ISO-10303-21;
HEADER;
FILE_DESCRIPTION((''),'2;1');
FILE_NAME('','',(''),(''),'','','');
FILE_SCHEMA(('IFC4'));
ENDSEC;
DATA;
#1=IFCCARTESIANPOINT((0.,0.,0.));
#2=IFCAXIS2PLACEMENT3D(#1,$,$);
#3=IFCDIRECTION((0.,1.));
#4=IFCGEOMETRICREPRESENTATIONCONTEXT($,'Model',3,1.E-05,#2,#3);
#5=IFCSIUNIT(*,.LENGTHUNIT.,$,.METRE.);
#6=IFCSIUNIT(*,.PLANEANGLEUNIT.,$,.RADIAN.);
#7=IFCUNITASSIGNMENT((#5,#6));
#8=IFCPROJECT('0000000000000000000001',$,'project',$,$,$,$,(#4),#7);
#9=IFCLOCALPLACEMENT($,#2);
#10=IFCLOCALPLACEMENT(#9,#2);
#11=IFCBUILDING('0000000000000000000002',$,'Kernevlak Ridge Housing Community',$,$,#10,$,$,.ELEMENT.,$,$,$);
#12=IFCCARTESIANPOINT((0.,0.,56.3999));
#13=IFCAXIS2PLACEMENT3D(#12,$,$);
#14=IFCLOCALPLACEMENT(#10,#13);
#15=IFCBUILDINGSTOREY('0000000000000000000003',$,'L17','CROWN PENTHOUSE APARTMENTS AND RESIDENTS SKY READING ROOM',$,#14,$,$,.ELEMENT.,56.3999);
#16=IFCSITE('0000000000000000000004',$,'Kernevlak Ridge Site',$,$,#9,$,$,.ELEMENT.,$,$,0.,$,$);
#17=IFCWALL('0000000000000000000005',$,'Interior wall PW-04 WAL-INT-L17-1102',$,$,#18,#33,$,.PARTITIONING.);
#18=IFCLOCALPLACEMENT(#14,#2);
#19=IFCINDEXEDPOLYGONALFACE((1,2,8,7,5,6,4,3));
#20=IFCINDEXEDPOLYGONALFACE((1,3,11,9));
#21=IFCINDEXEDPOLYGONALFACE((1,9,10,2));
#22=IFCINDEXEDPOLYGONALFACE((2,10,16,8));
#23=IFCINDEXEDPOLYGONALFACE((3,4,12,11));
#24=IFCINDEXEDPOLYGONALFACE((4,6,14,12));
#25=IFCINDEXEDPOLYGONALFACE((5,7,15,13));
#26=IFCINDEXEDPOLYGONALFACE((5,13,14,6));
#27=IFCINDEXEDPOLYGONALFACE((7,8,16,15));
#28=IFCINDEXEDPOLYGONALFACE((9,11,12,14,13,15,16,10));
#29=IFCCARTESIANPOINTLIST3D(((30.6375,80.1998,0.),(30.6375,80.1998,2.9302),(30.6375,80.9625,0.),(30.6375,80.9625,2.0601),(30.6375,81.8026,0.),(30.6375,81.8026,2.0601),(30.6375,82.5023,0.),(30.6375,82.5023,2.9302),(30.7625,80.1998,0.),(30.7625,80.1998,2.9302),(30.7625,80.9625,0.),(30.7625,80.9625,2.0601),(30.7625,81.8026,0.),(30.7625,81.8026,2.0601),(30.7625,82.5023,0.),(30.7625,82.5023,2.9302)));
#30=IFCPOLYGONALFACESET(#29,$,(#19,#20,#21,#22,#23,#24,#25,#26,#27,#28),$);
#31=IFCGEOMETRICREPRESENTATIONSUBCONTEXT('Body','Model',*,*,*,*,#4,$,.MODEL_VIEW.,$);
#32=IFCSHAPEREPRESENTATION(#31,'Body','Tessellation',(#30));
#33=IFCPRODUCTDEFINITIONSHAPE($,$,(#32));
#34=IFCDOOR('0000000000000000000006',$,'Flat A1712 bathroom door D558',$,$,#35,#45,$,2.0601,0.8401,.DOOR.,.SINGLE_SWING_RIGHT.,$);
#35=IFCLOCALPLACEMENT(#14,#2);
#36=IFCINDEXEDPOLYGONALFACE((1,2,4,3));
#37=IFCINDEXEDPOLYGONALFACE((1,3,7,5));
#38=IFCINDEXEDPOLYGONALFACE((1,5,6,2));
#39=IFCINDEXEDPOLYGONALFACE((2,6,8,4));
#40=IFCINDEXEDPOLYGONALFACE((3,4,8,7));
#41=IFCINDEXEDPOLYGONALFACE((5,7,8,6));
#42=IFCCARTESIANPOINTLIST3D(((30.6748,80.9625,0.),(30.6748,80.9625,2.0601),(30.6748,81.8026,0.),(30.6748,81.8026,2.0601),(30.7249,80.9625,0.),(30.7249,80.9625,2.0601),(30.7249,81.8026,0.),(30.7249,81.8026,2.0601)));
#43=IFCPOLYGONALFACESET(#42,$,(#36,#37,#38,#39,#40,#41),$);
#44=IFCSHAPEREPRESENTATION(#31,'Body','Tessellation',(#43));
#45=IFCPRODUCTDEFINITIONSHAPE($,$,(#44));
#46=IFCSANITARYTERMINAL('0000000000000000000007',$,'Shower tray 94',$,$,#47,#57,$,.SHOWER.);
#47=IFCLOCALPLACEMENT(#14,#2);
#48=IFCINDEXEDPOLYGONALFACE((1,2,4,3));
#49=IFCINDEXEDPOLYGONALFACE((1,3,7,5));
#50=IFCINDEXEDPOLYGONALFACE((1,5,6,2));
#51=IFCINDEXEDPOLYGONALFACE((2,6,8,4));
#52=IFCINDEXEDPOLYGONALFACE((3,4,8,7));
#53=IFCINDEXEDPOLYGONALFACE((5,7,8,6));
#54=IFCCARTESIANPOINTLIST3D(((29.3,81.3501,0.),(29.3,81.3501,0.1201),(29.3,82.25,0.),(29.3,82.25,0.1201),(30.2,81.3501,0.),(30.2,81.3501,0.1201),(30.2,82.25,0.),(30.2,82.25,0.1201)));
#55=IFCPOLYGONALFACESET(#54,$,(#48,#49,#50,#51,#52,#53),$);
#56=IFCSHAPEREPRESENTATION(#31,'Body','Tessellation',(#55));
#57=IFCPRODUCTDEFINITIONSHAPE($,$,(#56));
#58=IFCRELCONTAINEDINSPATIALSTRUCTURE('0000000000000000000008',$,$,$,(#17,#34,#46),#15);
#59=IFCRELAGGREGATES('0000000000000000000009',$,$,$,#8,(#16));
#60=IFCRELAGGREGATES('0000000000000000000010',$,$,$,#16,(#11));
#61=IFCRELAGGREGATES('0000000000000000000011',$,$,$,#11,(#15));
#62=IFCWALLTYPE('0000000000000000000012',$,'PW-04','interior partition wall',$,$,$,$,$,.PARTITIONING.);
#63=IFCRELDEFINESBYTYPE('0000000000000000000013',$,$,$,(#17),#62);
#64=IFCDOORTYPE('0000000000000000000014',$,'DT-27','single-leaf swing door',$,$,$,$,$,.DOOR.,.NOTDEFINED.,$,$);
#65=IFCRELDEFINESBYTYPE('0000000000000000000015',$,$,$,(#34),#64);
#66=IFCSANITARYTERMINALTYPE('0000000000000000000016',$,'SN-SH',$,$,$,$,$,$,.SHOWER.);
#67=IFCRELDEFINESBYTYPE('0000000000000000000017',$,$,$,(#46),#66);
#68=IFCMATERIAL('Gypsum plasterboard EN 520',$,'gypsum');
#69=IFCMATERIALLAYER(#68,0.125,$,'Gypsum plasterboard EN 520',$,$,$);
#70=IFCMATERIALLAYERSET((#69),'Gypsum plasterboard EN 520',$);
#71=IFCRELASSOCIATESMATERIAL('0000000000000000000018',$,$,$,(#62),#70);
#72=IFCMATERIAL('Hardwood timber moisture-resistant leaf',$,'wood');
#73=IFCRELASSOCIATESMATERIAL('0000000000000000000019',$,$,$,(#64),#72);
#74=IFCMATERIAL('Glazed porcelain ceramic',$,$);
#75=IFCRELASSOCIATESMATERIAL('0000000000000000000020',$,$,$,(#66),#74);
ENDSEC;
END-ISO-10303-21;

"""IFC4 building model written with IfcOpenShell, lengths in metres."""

from ifc_helpers import new_model, si_unit, direction, frame, frame_2d, origin, origin_2d, place, context, subcontext, project, spatial, rectangle, extrude, material, layer, layer_set, type_object, element, fill, save


model = new_model("IFC4")

# Units and contexts
model_context = context("Model", 3, precision=1e-05, world=origin(), true_north=direction((0.0, 1.0)))
body_context = subcontext(model_context, "Body", "Model", "MODEL_VIEW")
ifc_project = project(units=[si_unit("LENGTHUNIT", "METRE"), si_unit("PLANEANGLEUNIT", "RADIAN")], contexts=[model_context])

# Site, building, storey
site_placement = place(None, origin())
site = spatial("IfcSite", under=ifc_project, at=site_placement, Name="Kernevlak Ridge Site", CompositionType="ELEMENT", RefElevation=0.0)
building_placement = place(site_placement, origin())
building = spatial("IfcBuilding", under=site, at=building_placement, Name="Kernevlak Ridge Housing Community", CompositionType="ELEMENT")
storey_placement = place(building_placement, frame((0.0, 0.0, 56.3999)))
storey = spatial("IfcBuildingStorey", under=building, at=storey_placement, Name="L17", Description="CROWN PENTHOUSE APARTMENTS AND RESIDENTS SKY READING ROOM", CompositionType="ELEMENT", Elevation=56.3999)

# Wall, opening, door
ifc_material_1 = material(Name="Gypsum plasterboard EN 520", Category="gypsum")
ifc_layer_1 = layer(ifc_material_1, 0.125, Name="Gypsum plasterboard EN 520")
ifc_layer_set_1 = layer_set([ifc_layer_1], Name="Gypsum plasterboard EN 520")
wall_type_1 = type_object("IfcWallType", Name="PW-04", Description="interior partition wall", PredefinedType="PARTITIONING", material=ifc_layer_set_1)
wall_1_placement = place(storey_placement, frame((30.7, 82.5024, 0.0), z_axis=(0.0, 0.0, 1.0), x_axis=(0.0, -1.0, 0.0)))
wall_1 = element("IfcWall", 1, at=wall_1_placement, inside=storey, type_object=wall_type_1, Name="Interior wall PW-04 WAL-INT-L17-1102", PredefinedType="PARTITIONING", context=body_context, shape_type="SweptSolid", body=[
    extrude(rectangle(XDim=2.3025, YDim=0.125, at=frame_2d((1.1514, 0.0))), origin(), (0.0, 0.0, 1.0), 2.9302),
])
opening_1_placement = place(wall_1_placement, frame((0.7, 0.0, 0.0)))
opening_1 = element("IfcOpeningElement", 2, at=opening_1_placement, cuts=wall_1, PredefinedType="OPENING", context=body_context, shape_type="SweptSolid", body=[
    extrude(rectangle(XDim=0.8401, YDim=2.0601, at=frame_2d((0.4199, 1.03))), frame((0.0, 0.0725, 0.0), z_axis=(0.0, -1.0, 0.0), x_axis=(1.0, 0.0, 0.0)), (0.0, 0.0, 1.0), 0.145),
])
ifc_material_2 = material(Name="Hardwood timber moisture-resistant leaf", Category="wood")
door_type_1 = type_object("IfcDoorType", Name="DT-27", Description="single-leaf swing door", OperationType="NOTDEFINED", PredefinedType="DOOR", material=ifc_material_2)
door_1_placement = place(opening_1_placement, origin())
door_1 = element("IfcDoor", 3, at=door_1_placement, inside=storey, type_object=door_type_1, Name="Flat A1712 bathroom door D558", OperationType="SINGLE_SWING_RIGHT", OverallHeight=2.0601, OverallWidth=0.8401, PredefinedType="DOOR", context=body_context, shape_type="SweptSolid", body=[
    extrude(rectangle(XDim=0.8401, YDim=2.0601, at=frame_2d((0.4199, 1.03))), frame((0.0, 0.0249, 0.0), z_axis=(0.0, -1.0, 0.0), x_axis=(1.0, 0.0, 0.0)), (0.0, 0.0, 1.0), 0.05),
])
fill(opening_1, door_1)

# Sanitary terminal
ifc_material_3 = material(Name="Glazed porcelain ceramic")
sanitary_terminal_type = type_object("IfcSanitaryTerminalType", Name="SN-SH", PredefinedType="SHOWER", material=ifc_material_3)
sanitary_terminal_placement = place(storey_placement, frame((29.75, 81.8, 0.0), z_axis=(0.0, 0.0, 1.0), x_axis=(1.0, 0.0, 0.0)))
element("IfcSanitaryTerminal", 4, at=sanitary_terminal_placement, inside=storey, type_object=sanitary_terminal_type, Name="Shower tray 94", PredefinedType="SHOWER", context=body_context, shape_type="SweptSolid", body=[
    extrude(rectangle(XDim=0.8999, YDim=0.8999, at=origin_2d()), origin(), (0.0, 0.0, 1.0), 0.1201),
])

save(model, "model.ifc")
